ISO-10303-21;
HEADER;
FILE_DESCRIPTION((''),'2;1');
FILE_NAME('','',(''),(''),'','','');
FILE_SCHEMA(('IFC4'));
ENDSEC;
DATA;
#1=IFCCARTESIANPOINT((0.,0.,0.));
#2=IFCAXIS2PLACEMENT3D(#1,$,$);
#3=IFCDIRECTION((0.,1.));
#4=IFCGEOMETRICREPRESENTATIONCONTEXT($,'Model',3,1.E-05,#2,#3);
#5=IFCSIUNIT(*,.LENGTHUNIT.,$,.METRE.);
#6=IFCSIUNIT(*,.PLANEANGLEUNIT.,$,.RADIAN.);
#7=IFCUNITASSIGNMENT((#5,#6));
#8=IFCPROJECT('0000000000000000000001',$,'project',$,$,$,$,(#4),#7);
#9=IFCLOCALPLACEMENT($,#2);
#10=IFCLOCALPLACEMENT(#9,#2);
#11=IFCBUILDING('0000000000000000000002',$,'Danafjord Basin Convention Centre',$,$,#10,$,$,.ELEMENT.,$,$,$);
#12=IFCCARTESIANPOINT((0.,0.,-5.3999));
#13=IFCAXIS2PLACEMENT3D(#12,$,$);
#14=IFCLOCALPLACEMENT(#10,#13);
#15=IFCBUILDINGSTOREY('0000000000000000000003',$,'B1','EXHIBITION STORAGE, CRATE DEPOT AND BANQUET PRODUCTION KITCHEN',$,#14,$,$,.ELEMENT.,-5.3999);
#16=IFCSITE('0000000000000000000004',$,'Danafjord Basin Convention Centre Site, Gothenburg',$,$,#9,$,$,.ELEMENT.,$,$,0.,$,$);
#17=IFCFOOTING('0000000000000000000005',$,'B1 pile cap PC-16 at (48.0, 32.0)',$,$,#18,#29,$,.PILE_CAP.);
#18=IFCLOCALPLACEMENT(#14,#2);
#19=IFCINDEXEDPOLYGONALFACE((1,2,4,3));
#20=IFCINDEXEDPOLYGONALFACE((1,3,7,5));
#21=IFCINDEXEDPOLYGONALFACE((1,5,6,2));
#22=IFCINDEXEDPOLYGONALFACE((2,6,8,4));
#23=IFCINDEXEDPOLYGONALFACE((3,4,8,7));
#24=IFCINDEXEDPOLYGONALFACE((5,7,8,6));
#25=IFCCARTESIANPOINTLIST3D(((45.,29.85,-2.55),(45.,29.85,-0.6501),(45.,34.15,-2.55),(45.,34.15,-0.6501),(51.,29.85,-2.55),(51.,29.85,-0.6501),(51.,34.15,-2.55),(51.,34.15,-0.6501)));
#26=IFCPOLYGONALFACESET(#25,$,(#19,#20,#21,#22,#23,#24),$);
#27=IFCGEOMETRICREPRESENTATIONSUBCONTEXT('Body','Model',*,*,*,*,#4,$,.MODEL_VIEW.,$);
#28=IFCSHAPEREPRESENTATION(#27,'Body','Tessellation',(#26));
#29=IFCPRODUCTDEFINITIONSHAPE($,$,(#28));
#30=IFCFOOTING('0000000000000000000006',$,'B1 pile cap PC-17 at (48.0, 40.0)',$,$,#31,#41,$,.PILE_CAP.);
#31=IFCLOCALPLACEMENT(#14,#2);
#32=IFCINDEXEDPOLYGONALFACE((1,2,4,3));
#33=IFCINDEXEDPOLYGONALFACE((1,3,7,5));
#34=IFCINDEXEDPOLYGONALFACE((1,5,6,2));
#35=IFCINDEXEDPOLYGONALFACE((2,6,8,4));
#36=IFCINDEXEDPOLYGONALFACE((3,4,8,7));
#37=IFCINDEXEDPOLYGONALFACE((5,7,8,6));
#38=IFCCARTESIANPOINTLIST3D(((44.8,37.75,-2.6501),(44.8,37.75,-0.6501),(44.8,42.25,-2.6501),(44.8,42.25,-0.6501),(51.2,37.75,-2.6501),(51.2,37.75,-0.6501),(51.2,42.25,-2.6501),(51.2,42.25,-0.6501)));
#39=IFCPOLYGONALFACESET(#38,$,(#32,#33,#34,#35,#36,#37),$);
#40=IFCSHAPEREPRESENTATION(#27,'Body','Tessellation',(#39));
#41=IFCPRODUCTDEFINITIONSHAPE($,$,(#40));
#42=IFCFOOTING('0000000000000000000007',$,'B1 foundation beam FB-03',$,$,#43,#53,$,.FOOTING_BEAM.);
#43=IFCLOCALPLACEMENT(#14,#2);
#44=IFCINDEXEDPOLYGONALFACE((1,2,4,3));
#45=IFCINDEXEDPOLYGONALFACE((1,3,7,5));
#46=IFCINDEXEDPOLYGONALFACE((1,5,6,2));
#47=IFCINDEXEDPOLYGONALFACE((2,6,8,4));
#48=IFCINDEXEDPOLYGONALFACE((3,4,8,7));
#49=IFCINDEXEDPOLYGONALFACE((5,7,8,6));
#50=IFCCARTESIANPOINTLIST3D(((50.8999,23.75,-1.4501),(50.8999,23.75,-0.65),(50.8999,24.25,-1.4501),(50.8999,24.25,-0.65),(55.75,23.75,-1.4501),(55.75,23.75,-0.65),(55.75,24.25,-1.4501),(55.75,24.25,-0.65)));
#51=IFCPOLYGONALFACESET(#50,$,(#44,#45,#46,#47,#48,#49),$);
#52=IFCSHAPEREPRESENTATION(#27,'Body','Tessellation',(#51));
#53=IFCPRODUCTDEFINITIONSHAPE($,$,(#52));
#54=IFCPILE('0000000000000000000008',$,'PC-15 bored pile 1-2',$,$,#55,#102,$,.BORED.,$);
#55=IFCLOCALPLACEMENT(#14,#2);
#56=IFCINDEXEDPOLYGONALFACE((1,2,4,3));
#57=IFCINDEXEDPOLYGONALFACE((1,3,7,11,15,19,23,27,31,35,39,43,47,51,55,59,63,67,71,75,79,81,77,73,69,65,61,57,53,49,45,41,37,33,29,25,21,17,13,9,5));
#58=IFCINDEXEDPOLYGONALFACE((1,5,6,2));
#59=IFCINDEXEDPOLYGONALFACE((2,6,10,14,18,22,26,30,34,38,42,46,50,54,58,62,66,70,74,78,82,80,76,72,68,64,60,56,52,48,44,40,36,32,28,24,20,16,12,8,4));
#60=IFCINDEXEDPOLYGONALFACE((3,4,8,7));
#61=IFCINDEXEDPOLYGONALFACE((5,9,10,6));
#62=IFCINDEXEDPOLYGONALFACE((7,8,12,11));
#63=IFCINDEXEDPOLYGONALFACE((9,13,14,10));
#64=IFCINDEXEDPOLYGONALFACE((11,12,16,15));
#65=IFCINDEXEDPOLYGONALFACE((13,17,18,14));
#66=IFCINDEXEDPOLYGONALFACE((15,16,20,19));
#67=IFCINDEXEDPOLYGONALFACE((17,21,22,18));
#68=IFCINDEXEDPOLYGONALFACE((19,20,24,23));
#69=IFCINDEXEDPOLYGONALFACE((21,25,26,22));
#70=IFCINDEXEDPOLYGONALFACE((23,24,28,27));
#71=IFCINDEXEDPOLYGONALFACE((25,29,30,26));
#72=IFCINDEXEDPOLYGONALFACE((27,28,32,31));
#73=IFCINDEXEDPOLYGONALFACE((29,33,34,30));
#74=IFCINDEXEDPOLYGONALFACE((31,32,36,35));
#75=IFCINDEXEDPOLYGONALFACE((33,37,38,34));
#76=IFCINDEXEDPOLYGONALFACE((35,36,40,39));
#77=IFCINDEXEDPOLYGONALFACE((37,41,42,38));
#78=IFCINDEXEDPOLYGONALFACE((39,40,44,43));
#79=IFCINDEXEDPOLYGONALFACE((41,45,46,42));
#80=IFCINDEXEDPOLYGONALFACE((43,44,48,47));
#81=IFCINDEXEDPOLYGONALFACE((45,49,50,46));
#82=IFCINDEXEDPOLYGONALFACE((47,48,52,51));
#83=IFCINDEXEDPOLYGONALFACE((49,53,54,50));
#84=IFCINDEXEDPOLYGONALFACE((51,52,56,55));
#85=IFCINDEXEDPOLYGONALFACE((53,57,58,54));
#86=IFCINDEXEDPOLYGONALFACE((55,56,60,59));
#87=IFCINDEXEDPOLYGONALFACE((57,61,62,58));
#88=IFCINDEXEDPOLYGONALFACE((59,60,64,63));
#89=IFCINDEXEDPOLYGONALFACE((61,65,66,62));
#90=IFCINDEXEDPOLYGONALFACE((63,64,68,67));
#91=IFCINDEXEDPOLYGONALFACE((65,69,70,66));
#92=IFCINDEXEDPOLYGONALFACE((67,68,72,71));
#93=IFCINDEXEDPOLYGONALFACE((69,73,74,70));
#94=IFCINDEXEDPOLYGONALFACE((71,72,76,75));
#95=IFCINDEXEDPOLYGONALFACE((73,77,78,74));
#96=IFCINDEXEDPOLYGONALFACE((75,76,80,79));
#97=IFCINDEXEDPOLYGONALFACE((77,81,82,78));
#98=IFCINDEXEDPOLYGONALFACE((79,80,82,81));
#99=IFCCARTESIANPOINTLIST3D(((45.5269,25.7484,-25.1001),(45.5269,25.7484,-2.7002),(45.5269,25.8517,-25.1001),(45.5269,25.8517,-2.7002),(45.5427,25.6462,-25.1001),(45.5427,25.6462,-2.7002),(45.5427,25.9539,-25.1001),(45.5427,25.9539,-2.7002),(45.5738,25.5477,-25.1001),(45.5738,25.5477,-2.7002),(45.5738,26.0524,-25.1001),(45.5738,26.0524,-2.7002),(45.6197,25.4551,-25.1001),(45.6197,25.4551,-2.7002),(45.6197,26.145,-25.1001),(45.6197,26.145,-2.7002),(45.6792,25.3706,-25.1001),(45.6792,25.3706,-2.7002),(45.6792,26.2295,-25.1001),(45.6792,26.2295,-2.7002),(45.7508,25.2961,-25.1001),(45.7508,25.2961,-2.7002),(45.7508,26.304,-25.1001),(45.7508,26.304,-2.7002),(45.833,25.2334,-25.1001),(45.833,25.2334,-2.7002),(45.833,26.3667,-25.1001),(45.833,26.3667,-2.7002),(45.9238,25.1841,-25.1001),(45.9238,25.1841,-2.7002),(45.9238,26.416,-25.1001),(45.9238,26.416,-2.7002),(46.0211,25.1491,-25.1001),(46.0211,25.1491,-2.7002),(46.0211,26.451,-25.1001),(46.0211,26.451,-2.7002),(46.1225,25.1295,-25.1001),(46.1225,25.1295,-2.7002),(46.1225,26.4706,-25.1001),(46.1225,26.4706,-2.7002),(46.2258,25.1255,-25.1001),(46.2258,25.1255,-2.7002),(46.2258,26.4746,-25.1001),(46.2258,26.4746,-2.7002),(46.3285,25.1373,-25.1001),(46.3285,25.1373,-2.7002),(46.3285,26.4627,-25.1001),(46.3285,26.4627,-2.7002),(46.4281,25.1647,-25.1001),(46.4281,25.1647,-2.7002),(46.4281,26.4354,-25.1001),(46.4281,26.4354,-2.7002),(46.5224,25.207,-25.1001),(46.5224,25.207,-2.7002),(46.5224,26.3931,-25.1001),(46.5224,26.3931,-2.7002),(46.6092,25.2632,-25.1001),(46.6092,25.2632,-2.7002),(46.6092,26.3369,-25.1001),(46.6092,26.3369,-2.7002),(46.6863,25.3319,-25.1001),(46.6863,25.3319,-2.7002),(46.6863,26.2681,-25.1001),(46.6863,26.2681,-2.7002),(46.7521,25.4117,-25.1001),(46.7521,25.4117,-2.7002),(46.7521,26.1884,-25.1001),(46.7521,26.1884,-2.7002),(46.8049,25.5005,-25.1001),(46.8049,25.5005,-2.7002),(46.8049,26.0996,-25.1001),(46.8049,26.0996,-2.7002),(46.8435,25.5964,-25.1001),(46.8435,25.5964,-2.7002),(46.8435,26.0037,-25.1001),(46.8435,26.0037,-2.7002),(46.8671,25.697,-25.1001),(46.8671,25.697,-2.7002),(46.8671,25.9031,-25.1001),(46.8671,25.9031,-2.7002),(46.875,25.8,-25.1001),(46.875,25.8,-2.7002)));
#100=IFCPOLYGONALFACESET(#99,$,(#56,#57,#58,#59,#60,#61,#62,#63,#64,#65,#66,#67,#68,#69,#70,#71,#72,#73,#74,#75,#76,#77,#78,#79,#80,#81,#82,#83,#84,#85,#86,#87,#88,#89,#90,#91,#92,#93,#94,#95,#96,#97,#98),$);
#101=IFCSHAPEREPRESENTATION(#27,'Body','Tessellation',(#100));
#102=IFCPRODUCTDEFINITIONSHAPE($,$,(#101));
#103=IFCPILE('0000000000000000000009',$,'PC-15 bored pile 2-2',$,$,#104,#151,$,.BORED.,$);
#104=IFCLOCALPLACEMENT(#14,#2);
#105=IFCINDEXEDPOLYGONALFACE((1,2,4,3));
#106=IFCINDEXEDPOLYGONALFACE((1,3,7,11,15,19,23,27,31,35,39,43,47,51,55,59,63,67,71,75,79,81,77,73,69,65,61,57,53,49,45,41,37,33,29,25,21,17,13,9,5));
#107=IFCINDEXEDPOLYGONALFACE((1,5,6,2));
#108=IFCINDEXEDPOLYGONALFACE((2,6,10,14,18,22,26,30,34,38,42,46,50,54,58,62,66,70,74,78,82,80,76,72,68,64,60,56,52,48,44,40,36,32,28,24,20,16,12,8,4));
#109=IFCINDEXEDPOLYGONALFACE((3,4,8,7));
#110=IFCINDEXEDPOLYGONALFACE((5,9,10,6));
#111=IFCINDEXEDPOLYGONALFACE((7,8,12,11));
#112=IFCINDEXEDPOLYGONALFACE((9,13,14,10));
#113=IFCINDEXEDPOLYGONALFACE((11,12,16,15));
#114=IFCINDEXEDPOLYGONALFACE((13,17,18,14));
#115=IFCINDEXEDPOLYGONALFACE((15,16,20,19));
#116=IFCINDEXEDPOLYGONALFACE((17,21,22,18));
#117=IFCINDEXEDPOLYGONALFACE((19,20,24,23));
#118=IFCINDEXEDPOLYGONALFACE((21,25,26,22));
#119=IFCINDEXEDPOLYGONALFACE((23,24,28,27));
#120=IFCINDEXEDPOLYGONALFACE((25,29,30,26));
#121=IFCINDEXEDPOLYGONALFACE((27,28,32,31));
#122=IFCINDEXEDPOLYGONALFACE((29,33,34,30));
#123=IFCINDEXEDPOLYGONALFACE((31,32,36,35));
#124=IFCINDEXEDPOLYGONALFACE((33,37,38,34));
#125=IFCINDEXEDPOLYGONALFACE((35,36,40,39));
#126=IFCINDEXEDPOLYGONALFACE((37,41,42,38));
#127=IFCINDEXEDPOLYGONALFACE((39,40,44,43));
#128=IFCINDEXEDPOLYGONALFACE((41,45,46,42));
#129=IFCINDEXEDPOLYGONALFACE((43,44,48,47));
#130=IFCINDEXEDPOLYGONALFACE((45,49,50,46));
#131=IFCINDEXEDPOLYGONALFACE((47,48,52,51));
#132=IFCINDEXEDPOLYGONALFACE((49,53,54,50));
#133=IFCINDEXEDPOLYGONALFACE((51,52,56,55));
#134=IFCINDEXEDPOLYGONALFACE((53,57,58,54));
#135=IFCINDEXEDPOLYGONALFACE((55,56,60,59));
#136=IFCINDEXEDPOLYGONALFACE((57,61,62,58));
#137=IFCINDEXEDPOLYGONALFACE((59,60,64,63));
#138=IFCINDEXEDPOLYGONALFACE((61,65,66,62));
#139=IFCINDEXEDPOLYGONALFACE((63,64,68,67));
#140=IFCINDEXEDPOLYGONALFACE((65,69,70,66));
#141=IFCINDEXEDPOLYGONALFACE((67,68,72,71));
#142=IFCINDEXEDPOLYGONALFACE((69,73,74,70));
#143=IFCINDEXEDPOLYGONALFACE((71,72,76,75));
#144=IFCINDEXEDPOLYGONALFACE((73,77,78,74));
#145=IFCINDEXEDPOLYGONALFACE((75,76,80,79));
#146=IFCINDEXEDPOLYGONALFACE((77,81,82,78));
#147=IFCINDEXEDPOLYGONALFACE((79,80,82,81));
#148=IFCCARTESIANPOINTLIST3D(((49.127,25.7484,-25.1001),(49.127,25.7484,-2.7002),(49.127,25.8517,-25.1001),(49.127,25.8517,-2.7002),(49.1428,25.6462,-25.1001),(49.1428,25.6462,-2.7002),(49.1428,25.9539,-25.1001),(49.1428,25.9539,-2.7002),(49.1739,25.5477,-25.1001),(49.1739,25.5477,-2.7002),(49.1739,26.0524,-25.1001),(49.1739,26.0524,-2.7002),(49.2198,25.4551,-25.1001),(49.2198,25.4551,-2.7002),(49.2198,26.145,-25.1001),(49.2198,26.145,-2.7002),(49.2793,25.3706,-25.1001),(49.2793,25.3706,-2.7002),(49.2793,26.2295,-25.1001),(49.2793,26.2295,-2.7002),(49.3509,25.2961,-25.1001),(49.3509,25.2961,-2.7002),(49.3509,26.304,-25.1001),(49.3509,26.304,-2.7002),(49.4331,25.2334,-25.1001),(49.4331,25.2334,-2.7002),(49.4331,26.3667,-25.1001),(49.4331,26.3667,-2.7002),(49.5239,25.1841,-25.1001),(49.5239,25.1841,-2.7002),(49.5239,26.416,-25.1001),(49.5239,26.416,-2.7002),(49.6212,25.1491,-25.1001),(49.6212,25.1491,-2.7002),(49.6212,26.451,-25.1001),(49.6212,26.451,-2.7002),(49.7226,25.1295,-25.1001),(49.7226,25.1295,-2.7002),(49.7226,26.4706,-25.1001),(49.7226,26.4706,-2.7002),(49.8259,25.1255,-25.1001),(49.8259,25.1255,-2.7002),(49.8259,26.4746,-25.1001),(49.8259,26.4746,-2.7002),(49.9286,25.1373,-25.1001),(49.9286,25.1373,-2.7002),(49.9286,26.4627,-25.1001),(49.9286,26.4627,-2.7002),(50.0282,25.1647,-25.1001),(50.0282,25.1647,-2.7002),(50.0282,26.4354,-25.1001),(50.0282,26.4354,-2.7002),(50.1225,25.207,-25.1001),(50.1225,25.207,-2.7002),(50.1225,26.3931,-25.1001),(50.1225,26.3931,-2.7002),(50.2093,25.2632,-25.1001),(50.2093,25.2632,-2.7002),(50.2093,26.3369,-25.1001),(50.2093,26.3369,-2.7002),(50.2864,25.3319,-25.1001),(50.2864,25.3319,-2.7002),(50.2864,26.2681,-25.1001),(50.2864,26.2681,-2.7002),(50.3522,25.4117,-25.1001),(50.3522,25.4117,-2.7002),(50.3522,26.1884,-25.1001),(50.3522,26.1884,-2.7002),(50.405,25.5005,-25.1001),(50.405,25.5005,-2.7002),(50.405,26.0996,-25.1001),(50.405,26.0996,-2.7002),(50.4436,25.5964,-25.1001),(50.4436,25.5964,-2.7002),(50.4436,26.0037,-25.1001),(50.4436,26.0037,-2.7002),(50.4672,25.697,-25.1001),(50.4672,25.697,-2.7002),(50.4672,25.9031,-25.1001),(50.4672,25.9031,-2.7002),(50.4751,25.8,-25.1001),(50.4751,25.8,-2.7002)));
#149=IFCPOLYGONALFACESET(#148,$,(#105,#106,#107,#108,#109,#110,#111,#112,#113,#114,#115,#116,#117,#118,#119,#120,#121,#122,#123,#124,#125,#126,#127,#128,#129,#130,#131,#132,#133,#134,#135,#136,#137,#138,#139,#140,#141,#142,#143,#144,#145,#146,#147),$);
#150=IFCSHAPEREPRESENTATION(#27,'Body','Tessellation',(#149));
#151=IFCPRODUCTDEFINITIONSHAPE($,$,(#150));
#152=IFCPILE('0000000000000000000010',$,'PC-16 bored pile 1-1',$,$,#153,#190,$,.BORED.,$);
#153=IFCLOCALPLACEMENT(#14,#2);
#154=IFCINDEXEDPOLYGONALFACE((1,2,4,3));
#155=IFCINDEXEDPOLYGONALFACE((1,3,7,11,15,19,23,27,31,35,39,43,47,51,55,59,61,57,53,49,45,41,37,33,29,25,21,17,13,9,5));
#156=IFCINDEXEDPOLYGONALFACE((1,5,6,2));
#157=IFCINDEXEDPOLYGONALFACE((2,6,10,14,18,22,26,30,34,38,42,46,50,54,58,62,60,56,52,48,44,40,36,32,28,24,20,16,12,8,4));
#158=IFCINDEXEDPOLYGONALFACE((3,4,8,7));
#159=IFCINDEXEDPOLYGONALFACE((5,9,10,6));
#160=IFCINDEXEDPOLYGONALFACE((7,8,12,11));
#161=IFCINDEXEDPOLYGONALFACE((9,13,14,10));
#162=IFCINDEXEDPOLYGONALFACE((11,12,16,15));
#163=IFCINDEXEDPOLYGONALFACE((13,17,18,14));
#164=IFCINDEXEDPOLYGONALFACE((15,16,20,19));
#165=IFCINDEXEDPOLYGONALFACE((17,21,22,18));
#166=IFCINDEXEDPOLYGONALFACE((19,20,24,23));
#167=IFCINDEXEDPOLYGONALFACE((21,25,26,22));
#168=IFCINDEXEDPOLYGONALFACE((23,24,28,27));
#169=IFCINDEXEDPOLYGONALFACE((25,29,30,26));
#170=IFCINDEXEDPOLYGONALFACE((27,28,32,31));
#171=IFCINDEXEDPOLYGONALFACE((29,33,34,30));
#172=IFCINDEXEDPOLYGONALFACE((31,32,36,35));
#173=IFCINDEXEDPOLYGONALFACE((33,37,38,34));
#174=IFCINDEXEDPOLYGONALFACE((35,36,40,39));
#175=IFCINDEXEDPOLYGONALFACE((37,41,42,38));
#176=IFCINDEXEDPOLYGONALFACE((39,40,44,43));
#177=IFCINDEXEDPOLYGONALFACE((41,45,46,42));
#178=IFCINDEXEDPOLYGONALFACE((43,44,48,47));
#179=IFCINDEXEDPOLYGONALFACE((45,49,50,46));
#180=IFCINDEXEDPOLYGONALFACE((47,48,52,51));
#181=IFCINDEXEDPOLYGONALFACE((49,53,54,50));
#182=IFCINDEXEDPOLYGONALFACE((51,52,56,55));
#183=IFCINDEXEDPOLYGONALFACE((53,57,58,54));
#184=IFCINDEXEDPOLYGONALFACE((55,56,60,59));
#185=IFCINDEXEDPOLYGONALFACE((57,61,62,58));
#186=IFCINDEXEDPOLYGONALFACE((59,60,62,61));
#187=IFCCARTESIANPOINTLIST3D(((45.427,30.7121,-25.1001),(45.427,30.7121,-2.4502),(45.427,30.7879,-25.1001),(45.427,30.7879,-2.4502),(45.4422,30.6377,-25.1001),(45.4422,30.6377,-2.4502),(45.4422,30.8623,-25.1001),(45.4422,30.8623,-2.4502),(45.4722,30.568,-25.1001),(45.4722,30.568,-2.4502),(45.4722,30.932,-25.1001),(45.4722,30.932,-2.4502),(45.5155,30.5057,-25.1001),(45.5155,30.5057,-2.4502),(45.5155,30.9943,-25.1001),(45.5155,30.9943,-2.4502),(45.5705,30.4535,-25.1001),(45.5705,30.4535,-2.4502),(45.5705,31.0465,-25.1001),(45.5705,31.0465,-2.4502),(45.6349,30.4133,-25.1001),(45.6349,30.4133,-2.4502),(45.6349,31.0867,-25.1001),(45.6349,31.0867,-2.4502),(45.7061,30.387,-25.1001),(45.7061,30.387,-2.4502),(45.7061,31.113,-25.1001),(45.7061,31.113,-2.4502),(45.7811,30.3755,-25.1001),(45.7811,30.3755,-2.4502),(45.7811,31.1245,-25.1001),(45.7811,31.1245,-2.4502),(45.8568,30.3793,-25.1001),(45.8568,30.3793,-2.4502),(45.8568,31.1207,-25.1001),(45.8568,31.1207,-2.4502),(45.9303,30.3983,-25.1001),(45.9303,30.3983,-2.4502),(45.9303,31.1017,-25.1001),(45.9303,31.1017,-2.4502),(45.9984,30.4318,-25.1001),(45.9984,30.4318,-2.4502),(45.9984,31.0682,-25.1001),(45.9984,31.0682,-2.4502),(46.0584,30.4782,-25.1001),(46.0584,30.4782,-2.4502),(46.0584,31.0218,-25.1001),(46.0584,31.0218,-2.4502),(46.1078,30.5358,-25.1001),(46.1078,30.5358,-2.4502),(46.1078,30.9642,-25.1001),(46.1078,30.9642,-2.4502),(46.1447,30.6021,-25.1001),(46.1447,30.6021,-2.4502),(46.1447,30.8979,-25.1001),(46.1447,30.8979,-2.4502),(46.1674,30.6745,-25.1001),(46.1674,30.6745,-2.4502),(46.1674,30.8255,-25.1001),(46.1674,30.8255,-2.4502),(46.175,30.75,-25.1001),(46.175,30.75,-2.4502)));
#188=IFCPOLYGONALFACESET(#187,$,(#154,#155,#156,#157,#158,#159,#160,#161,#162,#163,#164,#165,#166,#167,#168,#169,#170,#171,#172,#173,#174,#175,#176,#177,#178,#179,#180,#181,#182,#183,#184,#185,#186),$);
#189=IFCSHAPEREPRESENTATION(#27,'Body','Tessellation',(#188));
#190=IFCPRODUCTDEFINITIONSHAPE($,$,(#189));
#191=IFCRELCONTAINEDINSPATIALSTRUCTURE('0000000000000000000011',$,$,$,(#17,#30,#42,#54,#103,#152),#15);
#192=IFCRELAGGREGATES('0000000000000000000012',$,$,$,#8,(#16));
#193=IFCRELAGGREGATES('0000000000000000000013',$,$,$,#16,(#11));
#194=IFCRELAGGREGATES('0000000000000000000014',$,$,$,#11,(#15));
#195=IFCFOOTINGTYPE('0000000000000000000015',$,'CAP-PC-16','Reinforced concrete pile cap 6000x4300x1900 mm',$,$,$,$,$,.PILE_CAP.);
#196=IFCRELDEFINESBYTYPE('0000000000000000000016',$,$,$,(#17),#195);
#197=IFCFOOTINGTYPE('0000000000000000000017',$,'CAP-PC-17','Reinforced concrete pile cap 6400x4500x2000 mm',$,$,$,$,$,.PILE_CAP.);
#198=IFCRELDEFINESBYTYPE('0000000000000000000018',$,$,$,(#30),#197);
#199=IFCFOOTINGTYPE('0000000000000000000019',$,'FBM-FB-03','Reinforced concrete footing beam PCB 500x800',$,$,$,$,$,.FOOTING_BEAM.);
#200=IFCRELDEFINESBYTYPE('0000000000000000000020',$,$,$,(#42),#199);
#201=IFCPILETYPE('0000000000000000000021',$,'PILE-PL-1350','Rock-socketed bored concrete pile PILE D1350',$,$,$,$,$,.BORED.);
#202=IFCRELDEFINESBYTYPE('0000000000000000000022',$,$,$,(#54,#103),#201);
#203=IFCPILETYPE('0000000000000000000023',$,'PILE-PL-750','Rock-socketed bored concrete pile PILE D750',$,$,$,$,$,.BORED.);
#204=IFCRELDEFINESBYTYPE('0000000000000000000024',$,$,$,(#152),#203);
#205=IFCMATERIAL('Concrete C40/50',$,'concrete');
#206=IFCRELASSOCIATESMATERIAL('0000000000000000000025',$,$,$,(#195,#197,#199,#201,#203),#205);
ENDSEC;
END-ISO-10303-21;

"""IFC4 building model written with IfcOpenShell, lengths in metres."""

from ifc_helpers import new_model, si_unit, direction, frame, origin, origin_2d, place, context, subcontext, project, spatial, rectangle, circle, extrude, material, material_profile, profile_set, type_object, element, save


model = new_model("IFC4")

# Units and contexts
model_context = context("Model", 3, precision=1e-05, world=origin(), true_north=direction((0.0, 1.0)))
body_context = subcontext(model_context, "Body", "Model", "MODEL_VIEW")
ifc_project = project(units=[si_unit("LENGTHUNIT", "METRE"), si_unit("PLANEANGLEUNIT", "RADIAN")], contexts=[model_context])

# Site, building, storey
site_placement = place(None, origin())
site = spatial("IfcSite", under=ifc_project, at=site_placement, Name="Danafjord Basin Convention Centre Site, Gothenburg", CompositionType="ELEMENT", RefElevation=0.0)
building_placement = place(site_placement, origin())
building = spatial("IfcBuilding", under=site, at=building_placement, Name="Danafjord Basin Convention Centre", CompositionType="ELEMENT")
storey_placement = place(building_placement, frame((0.0, 0.0, -5.3999)))
storey = spatial("IfcBuildingStorey", under=building, at=storey_placement, Name="B1", Description="EXHIBITION STORAGE, CRATE DEPOT AND BANQUET PRODUCTION KITCHEN", CompositionType="ELEMENT", Elevation=-5.3999)

# Footings
ifc_material_1 = material(Name="Concrete C40/50", Category="concrete")
footing_type_1 = type_object("IfcFootingType", Name="CAP-PC-16", Description="Reinforced concrete pile cap 6000x4300x1900 mm", PredefinedType="PILE_CAP", material=ifc_material_1)
footing_1_placement = place(storey_placement, frame((48.0, 32.0, -2.55), z_axis=(0.0, 0.0, 1.0), x_axis=(1.0, 0.0, 0.0)))
element("IfcFooting", 1, at=footing_1_placement, inside=storey, type_object=footing_type_1, Name="B1 pile cap PC-16 at (48.0, 32.0)", PredefinedType="PILE_CAP", context=body_context, shape_type="SweptSolid", body=[
    extrude(rectangle(XDim=6.0, YDim=4.3, at=origin_2d()), origin(), (0.0, 0.0, 1.0), 1.8999),
])
footing_type_2 = type_object("IfcFootingType", Name="CAP-PC-17", Description="Reinforced concrete pile cap 6400x4500x2000 mm", PredefinedType="PILE_CAP", material=ifc_material_1)
footing_2_placement = place(storey_placement, frame((48.0, 40.0, -2.6501), z_axis=(0.0, 0.0, 1.0), x_axis=(1.0, 0.0, 0.0)))
element("IfcFooting", 2, at=footing_2_placement, inside=storey, type_object=footing_type_2, Name="B1 pile cap PC-17 at (48.0, 40.0)", PredefinedType="PILE_CAP", context=body_context, shape_type="SweptSolid", body=[
    extrude(rectangle(XDim=6.3999, YDim=4.5, at=origin_2d()), origin(), (0.0, 0.0, 1.0), 2.0),
])
ifc_material_profile_1 = material_profile(ifc_material_1, rectangle(XDim=0.5, YDim=0.8, at=origin_2d()), Name="PCB 500x800")
ifc_profile_set_1 = profile_set([ifc_material_profile_1], Name="Concrete C40/50")
footing_type_3 = type_object("IfcFootingType", Name="FBM-FB-03", Description="Reinforced concrete footing beam PCB 500x800", PredefinedType="FOOTING_BEAM", material=ifc_profile_set_1)
footing_3_placement = place(storey_placement, frame((50.8999, 24.0, -1.05), z_axis=(1.0, 0.0, 0.0), x_axis=(0.0, 1.0, 0.0)))
element("IfcFooting", 3, at=footing_3_placement, inside=storey, type_object=footing_type_3, Name="B1 foundation beam FB-03", PredefinedType="FOOTING_BEAM", context=body_context, shape_type="SweptSolid", body=[
    extrude(rectangle(XDim=0.5, YDim=0.8, at=origin_2d()), origin(), (0.0, 0.0, 1.0), 4.8501),
])

# Piles
ifc_material_profile_2 = material_profile(ifc_material_1, circle(Radius=0.675, at=origin_2d()), Name="PILE D1350")
ifc_profile_set_2 = profile_set([ifc_material_profile_2], Name="Concrete C40/50")
pile_type_1 = type_object("IfcPileType", Name="PILE-PL-1350", Description="Rock-socketed bored concrete pile PILE D1350", PredefinedType="BORED", material=ifc_profile_set_2)
for number, where, z_axis, x_axis, name in (
    (4, (46.2, 25.8, -2.7002), (0.0, 0.0, -1.0), (1.0, 0.0, 0.0), "PC-15 bored pile 1-2"),
    (5, (49.8, 25.8, -2.7002), (0.0, 0.0, -1.0), (1.0, 0.0, 0.0), "PC-15 bored pile 2-2"),
):
    element("IfcPile", number, at=place(storey_placement, frame(where, z_axis=z_axis, x_axis=x_axis)), inside=storey, type_object=pile_type_1, Name=name, PredefinedType="BORED", context=body_context, shape_type="SweptSolid", body=[
        extrude(circle(Radius=0.675, at=origin_2d()), origin(), (0.0, 0.0, 1.0), 22.3999),
    ])
ifc_material_profile_3 = material_profile(ifc_material_1, circle(Radius=0.375, at=origin_2d()), Name="PILE D750")
ifc_profile_set_3 = profile_set([ifc_material_profile_3], Name="Concrete C40/50")
pile_type_2 = type_object("IfcPileType", Name="PILE-PL-750", Description="Rock-socketed bored concrete pile PILE D750", PredefinedType="BORED", material=ifc_profile_set_3)
for number, where, z_axis, x_axis, name in (
    (6, (45.8, 30.75, -2.4502), (0.0, 0.0, -1.0), (1.0, 0.0, 0.0), "PC-16 bored pile 1-1"),
):
    element("IfcPile", number, at=place(storey_placement, frame(where, z_axis=z_axis, x_axis=x_axis)), inside=storey, type_object=pile_type_2, Name=name, PredefinedType="BORED", context=body_context, shape_type="SweptSolid", body=[
        extrude(circle(Radius=0.375, at=origin_2d()), origin(), (0.0, 0.0, 1.0), 22.6499),
    ])

save(model, "model.ifc")
